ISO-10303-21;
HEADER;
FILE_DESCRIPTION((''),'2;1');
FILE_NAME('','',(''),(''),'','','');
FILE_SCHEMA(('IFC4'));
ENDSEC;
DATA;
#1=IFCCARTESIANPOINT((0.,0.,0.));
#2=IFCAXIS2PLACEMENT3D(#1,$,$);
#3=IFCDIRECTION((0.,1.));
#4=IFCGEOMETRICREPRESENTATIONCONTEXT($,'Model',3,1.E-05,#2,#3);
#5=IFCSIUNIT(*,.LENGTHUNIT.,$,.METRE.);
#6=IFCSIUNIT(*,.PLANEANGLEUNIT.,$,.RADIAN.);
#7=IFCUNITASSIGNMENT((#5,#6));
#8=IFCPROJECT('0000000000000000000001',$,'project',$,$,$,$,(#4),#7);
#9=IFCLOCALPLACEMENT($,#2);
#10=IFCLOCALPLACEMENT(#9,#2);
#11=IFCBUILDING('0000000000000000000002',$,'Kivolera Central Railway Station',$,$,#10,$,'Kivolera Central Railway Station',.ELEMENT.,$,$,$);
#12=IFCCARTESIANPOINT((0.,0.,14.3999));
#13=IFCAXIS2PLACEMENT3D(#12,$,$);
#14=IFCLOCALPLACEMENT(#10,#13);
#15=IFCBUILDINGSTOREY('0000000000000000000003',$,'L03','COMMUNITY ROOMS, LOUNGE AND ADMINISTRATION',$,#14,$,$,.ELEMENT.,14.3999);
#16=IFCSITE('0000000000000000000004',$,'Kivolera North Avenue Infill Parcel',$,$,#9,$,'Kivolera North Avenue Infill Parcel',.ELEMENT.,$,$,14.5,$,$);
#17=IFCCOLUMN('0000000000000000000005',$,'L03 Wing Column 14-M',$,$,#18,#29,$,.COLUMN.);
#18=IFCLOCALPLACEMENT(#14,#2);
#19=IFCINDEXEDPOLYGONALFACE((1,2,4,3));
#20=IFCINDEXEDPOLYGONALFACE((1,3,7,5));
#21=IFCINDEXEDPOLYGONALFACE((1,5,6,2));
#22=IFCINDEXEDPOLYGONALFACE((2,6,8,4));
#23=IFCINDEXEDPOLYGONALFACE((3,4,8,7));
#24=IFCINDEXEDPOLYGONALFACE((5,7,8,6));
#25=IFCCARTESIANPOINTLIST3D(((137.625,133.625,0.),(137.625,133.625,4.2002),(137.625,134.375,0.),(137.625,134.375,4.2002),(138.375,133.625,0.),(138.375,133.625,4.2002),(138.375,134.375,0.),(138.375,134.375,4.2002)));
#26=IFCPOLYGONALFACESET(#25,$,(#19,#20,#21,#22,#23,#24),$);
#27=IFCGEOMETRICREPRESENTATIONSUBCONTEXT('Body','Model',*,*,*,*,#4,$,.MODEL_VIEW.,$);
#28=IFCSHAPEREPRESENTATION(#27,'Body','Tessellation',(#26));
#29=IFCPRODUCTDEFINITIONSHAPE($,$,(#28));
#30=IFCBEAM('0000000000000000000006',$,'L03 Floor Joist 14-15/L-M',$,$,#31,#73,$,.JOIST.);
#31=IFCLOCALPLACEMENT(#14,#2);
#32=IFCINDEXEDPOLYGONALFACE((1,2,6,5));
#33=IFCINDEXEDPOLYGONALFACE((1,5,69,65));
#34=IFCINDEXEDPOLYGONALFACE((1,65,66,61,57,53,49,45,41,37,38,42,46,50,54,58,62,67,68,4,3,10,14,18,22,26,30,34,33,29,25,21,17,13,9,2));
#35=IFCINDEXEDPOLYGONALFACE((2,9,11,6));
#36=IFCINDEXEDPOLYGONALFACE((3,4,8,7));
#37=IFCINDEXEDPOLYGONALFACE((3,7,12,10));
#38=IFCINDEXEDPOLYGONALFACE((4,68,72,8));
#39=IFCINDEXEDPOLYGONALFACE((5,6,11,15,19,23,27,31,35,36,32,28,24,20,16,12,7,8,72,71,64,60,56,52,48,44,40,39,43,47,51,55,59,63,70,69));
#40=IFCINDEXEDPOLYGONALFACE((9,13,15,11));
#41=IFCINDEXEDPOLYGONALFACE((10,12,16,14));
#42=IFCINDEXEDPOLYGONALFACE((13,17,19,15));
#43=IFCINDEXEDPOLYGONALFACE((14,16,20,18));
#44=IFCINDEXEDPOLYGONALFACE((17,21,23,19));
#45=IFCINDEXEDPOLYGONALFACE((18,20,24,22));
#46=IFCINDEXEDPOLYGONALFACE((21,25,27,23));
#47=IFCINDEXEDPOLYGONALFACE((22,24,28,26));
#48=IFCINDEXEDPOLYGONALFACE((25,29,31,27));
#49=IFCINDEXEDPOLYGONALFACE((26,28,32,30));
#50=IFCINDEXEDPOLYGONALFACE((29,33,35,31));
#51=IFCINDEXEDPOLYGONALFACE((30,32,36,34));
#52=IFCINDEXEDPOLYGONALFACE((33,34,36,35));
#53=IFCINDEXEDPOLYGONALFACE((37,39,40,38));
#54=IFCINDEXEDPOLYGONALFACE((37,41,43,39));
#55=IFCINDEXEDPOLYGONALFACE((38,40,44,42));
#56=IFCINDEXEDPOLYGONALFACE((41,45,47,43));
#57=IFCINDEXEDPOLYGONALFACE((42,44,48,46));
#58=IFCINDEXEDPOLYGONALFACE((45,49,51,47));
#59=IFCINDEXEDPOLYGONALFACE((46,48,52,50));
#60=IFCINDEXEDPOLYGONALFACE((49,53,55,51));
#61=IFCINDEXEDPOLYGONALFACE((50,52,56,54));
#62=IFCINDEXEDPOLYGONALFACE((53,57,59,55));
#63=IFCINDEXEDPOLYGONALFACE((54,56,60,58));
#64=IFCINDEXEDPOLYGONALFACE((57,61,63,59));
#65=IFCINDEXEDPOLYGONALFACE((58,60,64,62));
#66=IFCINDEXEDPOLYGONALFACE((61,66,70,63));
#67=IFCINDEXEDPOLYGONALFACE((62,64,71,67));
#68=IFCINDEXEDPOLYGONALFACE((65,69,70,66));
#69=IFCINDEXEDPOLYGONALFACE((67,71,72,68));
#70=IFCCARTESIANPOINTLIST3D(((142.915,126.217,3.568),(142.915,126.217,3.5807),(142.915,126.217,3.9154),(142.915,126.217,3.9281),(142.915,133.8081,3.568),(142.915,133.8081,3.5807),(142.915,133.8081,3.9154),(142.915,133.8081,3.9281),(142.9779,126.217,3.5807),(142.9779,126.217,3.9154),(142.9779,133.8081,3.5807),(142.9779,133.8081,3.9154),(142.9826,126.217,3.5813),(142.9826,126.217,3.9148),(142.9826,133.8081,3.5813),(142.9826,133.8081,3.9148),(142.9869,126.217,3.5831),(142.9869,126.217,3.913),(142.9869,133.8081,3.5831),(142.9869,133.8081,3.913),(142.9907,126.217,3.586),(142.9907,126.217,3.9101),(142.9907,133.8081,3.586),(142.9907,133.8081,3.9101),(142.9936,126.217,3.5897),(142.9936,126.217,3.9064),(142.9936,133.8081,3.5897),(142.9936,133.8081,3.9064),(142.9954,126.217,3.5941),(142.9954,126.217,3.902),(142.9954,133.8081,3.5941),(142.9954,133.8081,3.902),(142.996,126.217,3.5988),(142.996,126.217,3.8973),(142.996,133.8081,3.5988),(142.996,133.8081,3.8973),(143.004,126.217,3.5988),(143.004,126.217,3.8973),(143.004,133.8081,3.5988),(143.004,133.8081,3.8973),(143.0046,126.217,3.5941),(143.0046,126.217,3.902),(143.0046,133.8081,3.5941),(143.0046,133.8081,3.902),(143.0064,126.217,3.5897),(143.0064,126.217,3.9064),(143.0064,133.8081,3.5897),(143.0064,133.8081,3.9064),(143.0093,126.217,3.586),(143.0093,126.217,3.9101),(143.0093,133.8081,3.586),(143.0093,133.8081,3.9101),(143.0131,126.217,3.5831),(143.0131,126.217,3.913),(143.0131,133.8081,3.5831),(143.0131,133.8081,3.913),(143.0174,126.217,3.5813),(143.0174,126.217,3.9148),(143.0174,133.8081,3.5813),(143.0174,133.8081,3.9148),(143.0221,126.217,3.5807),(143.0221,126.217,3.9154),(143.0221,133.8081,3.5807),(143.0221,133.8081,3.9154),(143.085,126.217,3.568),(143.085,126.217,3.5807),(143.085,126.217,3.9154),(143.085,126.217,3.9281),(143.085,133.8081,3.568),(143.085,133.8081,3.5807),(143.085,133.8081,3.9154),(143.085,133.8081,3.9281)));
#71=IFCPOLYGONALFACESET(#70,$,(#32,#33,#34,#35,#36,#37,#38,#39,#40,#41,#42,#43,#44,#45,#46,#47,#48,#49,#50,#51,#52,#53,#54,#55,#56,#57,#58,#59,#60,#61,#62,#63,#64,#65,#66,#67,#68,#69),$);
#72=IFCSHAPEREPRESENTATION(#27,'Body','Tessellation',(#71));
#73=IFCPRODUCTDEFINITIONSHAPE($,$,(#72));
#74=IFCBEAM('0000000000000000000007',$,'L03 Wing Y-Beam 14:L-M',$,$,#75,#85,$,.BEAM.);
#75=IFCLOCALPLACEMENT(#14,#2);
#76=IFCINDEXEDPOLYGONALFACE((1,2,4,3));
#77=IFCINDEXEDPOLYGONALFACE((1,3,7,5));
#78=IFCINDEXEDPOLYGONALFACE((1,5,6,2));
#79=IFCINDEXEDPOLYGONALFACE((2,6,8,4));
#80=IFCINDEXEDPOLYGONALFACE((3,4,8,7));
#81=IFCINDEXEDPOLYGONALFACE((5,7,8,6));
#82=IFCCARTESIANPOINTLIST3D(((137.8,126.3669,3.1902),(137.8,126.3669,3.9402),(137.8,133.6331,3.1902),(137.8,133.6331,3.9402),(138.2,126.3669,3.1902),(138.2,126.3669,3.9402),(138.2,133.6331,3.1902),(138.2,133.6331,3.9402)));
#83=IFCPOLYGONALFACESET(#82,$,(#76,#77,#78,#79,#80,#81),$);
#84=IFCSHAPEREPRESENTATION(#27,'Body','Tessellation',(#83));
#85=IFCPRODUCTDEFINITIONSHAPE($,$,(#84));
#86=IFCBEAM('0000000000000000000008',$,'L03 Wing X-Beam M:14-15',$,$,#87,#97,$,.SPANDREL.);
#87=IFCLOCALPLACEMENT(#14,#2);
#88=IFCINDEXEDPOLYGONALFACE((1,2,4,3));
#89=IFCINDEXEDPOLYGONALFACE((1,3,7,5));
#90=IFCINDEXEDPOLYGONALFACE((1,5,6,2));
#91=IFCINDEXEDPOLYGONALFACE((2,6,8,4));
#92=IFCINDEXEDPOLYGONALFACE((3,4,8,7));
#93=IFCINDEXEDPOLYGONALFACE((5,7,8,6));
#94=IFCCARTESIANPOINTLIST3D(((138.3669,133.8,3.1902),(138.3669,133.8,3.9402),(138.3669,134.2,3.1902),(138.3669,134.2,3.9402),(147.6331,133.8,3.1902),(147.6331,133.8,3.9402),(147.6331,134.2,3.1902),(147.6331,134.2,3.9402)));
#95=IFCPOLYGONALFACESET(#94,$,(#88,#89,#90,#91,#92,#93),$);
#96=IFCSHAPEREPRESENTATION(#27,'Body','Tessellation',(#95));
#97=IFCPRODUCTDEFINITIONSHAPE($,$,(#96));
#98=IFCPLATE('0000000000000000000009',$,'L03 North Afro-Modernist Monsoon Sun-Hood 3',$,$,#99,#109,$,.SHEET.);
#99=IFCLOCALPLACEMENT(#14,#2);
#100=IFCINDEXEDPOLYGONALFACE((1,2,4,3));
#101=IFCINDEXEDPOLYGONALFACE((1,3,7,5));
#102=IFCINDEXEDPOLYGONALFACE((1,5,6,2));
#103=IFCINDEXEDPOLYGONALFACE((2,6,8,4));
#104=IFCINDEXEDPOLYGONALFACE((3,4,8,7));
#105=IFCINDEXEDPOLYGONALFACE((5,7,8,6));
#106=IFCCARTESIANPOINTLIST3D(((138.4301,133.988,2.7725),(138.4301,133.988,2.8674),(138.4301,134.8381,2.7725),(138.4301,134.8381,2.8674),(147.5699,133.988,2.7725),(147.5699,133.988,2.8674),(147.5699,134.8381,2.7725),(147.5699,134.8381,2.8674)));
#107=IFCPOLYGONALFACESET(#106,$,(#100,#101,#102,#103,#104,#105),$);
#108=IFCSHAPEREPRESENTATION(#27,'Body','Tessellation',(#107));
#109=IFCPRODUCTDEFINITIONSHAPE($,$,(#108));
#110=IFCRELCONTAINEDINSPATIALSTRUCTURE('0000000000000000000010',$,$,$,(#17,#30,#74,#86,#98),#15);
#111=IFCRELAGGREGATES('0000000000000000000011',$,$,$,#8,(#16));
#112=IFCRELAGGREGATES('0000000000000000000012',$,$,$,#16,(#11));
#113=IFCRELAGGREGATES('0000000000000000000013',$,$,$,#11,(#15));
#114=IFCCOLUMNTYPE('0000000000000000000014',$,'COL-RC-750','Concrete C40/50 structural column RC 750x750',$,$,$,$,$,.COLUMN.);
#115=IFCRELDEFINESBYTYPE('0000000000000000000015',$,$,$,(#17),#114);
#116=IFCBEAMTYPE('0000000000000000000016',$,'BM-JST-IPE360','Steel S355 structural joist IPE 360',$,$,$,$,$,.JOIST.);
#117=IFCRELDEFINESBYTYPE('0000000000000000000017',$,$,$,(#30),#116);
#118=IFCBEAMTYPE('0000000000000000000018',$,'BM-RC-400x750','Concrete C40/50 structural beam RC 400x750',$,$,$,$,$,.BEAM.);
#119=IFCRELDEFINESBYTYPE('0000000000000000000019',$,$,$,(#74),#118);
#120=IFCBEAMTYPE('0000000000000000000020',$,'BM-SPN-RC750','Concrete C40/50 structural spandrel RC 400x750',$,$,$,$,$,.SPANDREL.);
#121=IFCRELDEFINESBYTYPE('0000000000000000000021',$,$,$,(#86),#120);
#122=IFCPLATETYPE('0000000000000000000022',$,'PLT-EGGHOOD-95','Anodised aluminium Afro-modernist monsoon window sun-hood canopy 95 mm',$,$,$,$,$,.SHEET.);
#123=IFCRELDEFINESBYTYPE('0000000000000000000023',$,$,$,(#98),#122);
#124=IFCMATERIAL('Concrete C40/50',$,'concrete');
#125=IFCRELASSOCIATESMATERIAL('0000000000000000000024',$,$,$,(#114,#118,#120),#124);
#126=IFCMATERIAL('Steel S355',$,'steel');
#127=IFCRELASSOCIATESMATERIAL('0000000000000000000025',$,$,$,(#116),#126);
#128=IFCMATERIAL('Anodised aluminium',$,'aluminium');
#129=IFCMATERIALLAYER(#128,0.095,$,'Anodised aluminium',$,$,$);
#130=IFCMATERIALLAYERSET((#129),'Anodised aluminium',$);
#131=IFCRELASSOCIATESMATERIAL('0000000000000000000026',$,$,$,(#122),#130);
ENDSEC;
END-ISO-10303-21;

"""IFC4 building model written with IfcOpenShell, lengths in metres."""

from ifc_helpers import new_model, si_unit, direction, frame, origin, origin_2d, place, context, subcontext, project, spatial, rectangle, i_section, extrude, material, layer, layer_set, material_profile, profile_set, type_object, element, save


model = new_model("IFC4")

# Units and contexts
model_context = context("Model", 3, precision=1e-05, world=origin(), true_north=direction((0.0, 1.0)))
body_context = subcontext(model_context, "Body", "Model", "MODEL_VIEW")
ifc_project = project(units=[si_unit("LENGTHUNIT", "METRE"), si_unit("PLANEANGLEUNIT", "RADIAN")], contexts=[model_context])

# Site, building, storey
site_placement = place(None, origin())
site = spatial("IfcSite", under=ifc_project, at=site_placement, Name="Kivolera North Avenue Infill Parcel", LongName="Kivolera North Avenue Infill Parcel", CompositionType="ELEMENT", RefElevation=14.5)
building_placement = place(site_placement, origin())
building = spatial("IfcBuilding", under=site, at=building_placement, Name="Kivolera Central Railway Station", LongName="Kivolera Central Railway Station", CompositionType="ELEMENT")
storey_placement = place(building_placement, frame((0.0, 0.0, 14.3999)))
storey = spatial("IfcBuildingStorey", under=building, at=storey_placement, Name="L03", Description="COMMUNITY ROOMS, LOUNGE AND ADMINISTRATION", CompositionType="ELEMENT", Elevation=14.3999)

# Column
ifc_material_1 = material(Name="Concrete C40/50", Category="concrete")
ifc_material_profile_1 = material_profile(ifc_material_1, rectangle(XDim=0.75, YDim=0.75, at=origin_2d()), Name="RC 750x750")
ifc_profile_set_1 = profile_set([ifc_material_profile_1], Name="Concrete C40/50")
column_type = type_object("IfcColumnType", Name="COL-RC-750", Description="Concrete C40/50 structural column RC 750x750", PredefinedType="COLUMN", material=ifc_profile_set_1)
column_placement = place(storey_placement, frame((138.0, 134.0, 0.0), z_axis=(0.0, 0.0, 1.0), x_axis=(1.0, 0.0, 0.0)))
element("IfcColumn", 1, at=column_placement, inside=storey, type_object=column_type, Name="L03 Wing Column 14-M", PredefinedType="COLUMN", context=body_context, shape_type="SweptSolid", body=[
    extrude(rectangle(XDim=0.75, YDim=0.75, at=origin_2d()), origin(), (0.0, 0.0, 1.0), 4.2002),
])

# Beams
ifc_material_2 = material(Name="Steel S355", Category="steel")
ifc_material_profile_2 = material_profile(ifc_material_2, i_section(OverallWidth=0.1699, OverallDepth=0.3601, WebThickness=0.0081, FlangeThickness=0.0127, FilletRadius=0.0181, at=origin_2d()), Name="IPE 360")
ifc_profile_set_2 = profile_set([ifc_material_profile_2], Name="Steel S355")
beam_type_1 = type_object("IfcBeamType", Name="BM-JST-IPE360", Description="Steel S355 structural joist IPE 360", PredefinedType="JOIST", material=ifc_profile_set_2)
beam_1_placement = place(storey_placement, frame((143.0, 126.217, 3.748), z_axis=(0.0, 1.0, 0.0), x_axis=(-1.0, 0.0, 0.0)))
element("IfcBeam", 2, at=beam_1_placement, inside=storey, type_object=beam_type_1, Name="L03 Floor Joist 14-15/L-M", PredefinedType="JOIST", context=body_context, shape_type="SweptSolid", body=[
    extrude(i_section(OverallWidth=0.1699, OverallDepth=0.3601, WebThickness=0.0081, FlangeThickness=0.0127, FilletRadius=0.0181, at=origin_2d()), origin(), (0.0, 0.0, 1.0), 7.5911),
])
ifc_material_profile_3 = material_profile(ifc_material_1, rectangle(XDim=0.3999, YDim=0.75, at=origin_2d()), Name="RC 400x750")
ifc_profile_set_3 = profile_set([ifc_material_profile_3], Name="Concrete C40/50")
beam_type_2 = type_object("IfcBeamType", Name="BM-RC-400x750", Description="Concrete C40/50 structural beam RC 400x750", PredefinedType="BEAM", material=ifc_profile_set_3)
beam_2_placement = place(storey_placement, frame((138.0, 126.3669, 3.5652), z_axis=(0.0, 1.0, 0.0), x_axis=(-1.0, 0.0, 0.0)))
element("IfcBeam", 3, at=beam_2_placement, inside=storey, type_object=beam_type_2, Name="L03 Wing Y-Beam 14:L-M", PredefinedType="BEAM", context=body_context, shape_type="SweptSolid", body=[
    extrude(rectangle(XDim=0.3999, YDim=0.75, at=origin_2d()), origin(), (0.0, 0.0, 1.0), 7.2661),
])
ifc_material_profile_4 = material_profile(ifc_material_1, rectangle(XDim=0.3999, YDim=0.75, at=origin_2d()), Name="RC 400x750")
ifc_profile_set_4 = profile_set([ifc_material_profile_4], Name="Concrete C40/50")
beam_type_3 = type_object("IfcBeamType", Name="BM-SPN-RC750", Description="Concrete C40/50 structural spandrel RC 400x750", PredefinedType="SPANDREL", material=ifc_profile_set_4)
beam_3_placement = place(storey_placement, frame((138.3669, 134.0, 3.5652), z_axis=(1.0, 0.0, 0.0), x_axis=(0.0, 1.0, 0.0)))
element("IfcBeam", 4, at=beam_3_placement, inside=storey, type_object=beam_type_3, Name="L03 Wing X-Beam M:14-15", PredefinedType="SPANDREL", context=body_context, shape_type="SweptSolid", body=[
    extrude(rectangle(XDim=0.3999, YDim=0.75, at=origin_2d()), origin(), (0.0, 0.0, 1.0), 9.2661),
])

# Plate
ifc_material_3 = material(Name="Anodised aluminium", Category="aluminium")
ifc_layer_1 = layer(ifc_material_3, 0.095, Name="Anodised aluminium")
ifc_layer_set_1 = layer_set([ifc_layer_1], Name="Anodised aluminium")
plate_type = type_object("IfcPlateType", Name="PLT-EGGHOOD-95", Description="Anodised aluminium Afro-modernist monsoon window sun-hood canopy 95 mm", PredefinedType="SHEET", material=ifc_layer_set_1)
plate_placement = place(storey_placement, frame((143.0, 134.4131, 2.7725), z_axis=(0.0, 0.0, 1.0), x_axis=(1.0, 0.0, 0.0)))
element("IfcPlate", 5, at=plate_placement, inside=storey, type_object=plate_type, Name="L03 North Afro-Modernist Monsoon Sun-Hood 3", PredefinedType="SHEET", context=body_context, shape_type="SweptSolid", body=[
    extrude(rectangle(XDim=9.1399, YDim=0.8501, at=origin_2d()), origin(), (0.0, 0.0, 1.0), 0.095),
])

save(model, "model.ifc")
